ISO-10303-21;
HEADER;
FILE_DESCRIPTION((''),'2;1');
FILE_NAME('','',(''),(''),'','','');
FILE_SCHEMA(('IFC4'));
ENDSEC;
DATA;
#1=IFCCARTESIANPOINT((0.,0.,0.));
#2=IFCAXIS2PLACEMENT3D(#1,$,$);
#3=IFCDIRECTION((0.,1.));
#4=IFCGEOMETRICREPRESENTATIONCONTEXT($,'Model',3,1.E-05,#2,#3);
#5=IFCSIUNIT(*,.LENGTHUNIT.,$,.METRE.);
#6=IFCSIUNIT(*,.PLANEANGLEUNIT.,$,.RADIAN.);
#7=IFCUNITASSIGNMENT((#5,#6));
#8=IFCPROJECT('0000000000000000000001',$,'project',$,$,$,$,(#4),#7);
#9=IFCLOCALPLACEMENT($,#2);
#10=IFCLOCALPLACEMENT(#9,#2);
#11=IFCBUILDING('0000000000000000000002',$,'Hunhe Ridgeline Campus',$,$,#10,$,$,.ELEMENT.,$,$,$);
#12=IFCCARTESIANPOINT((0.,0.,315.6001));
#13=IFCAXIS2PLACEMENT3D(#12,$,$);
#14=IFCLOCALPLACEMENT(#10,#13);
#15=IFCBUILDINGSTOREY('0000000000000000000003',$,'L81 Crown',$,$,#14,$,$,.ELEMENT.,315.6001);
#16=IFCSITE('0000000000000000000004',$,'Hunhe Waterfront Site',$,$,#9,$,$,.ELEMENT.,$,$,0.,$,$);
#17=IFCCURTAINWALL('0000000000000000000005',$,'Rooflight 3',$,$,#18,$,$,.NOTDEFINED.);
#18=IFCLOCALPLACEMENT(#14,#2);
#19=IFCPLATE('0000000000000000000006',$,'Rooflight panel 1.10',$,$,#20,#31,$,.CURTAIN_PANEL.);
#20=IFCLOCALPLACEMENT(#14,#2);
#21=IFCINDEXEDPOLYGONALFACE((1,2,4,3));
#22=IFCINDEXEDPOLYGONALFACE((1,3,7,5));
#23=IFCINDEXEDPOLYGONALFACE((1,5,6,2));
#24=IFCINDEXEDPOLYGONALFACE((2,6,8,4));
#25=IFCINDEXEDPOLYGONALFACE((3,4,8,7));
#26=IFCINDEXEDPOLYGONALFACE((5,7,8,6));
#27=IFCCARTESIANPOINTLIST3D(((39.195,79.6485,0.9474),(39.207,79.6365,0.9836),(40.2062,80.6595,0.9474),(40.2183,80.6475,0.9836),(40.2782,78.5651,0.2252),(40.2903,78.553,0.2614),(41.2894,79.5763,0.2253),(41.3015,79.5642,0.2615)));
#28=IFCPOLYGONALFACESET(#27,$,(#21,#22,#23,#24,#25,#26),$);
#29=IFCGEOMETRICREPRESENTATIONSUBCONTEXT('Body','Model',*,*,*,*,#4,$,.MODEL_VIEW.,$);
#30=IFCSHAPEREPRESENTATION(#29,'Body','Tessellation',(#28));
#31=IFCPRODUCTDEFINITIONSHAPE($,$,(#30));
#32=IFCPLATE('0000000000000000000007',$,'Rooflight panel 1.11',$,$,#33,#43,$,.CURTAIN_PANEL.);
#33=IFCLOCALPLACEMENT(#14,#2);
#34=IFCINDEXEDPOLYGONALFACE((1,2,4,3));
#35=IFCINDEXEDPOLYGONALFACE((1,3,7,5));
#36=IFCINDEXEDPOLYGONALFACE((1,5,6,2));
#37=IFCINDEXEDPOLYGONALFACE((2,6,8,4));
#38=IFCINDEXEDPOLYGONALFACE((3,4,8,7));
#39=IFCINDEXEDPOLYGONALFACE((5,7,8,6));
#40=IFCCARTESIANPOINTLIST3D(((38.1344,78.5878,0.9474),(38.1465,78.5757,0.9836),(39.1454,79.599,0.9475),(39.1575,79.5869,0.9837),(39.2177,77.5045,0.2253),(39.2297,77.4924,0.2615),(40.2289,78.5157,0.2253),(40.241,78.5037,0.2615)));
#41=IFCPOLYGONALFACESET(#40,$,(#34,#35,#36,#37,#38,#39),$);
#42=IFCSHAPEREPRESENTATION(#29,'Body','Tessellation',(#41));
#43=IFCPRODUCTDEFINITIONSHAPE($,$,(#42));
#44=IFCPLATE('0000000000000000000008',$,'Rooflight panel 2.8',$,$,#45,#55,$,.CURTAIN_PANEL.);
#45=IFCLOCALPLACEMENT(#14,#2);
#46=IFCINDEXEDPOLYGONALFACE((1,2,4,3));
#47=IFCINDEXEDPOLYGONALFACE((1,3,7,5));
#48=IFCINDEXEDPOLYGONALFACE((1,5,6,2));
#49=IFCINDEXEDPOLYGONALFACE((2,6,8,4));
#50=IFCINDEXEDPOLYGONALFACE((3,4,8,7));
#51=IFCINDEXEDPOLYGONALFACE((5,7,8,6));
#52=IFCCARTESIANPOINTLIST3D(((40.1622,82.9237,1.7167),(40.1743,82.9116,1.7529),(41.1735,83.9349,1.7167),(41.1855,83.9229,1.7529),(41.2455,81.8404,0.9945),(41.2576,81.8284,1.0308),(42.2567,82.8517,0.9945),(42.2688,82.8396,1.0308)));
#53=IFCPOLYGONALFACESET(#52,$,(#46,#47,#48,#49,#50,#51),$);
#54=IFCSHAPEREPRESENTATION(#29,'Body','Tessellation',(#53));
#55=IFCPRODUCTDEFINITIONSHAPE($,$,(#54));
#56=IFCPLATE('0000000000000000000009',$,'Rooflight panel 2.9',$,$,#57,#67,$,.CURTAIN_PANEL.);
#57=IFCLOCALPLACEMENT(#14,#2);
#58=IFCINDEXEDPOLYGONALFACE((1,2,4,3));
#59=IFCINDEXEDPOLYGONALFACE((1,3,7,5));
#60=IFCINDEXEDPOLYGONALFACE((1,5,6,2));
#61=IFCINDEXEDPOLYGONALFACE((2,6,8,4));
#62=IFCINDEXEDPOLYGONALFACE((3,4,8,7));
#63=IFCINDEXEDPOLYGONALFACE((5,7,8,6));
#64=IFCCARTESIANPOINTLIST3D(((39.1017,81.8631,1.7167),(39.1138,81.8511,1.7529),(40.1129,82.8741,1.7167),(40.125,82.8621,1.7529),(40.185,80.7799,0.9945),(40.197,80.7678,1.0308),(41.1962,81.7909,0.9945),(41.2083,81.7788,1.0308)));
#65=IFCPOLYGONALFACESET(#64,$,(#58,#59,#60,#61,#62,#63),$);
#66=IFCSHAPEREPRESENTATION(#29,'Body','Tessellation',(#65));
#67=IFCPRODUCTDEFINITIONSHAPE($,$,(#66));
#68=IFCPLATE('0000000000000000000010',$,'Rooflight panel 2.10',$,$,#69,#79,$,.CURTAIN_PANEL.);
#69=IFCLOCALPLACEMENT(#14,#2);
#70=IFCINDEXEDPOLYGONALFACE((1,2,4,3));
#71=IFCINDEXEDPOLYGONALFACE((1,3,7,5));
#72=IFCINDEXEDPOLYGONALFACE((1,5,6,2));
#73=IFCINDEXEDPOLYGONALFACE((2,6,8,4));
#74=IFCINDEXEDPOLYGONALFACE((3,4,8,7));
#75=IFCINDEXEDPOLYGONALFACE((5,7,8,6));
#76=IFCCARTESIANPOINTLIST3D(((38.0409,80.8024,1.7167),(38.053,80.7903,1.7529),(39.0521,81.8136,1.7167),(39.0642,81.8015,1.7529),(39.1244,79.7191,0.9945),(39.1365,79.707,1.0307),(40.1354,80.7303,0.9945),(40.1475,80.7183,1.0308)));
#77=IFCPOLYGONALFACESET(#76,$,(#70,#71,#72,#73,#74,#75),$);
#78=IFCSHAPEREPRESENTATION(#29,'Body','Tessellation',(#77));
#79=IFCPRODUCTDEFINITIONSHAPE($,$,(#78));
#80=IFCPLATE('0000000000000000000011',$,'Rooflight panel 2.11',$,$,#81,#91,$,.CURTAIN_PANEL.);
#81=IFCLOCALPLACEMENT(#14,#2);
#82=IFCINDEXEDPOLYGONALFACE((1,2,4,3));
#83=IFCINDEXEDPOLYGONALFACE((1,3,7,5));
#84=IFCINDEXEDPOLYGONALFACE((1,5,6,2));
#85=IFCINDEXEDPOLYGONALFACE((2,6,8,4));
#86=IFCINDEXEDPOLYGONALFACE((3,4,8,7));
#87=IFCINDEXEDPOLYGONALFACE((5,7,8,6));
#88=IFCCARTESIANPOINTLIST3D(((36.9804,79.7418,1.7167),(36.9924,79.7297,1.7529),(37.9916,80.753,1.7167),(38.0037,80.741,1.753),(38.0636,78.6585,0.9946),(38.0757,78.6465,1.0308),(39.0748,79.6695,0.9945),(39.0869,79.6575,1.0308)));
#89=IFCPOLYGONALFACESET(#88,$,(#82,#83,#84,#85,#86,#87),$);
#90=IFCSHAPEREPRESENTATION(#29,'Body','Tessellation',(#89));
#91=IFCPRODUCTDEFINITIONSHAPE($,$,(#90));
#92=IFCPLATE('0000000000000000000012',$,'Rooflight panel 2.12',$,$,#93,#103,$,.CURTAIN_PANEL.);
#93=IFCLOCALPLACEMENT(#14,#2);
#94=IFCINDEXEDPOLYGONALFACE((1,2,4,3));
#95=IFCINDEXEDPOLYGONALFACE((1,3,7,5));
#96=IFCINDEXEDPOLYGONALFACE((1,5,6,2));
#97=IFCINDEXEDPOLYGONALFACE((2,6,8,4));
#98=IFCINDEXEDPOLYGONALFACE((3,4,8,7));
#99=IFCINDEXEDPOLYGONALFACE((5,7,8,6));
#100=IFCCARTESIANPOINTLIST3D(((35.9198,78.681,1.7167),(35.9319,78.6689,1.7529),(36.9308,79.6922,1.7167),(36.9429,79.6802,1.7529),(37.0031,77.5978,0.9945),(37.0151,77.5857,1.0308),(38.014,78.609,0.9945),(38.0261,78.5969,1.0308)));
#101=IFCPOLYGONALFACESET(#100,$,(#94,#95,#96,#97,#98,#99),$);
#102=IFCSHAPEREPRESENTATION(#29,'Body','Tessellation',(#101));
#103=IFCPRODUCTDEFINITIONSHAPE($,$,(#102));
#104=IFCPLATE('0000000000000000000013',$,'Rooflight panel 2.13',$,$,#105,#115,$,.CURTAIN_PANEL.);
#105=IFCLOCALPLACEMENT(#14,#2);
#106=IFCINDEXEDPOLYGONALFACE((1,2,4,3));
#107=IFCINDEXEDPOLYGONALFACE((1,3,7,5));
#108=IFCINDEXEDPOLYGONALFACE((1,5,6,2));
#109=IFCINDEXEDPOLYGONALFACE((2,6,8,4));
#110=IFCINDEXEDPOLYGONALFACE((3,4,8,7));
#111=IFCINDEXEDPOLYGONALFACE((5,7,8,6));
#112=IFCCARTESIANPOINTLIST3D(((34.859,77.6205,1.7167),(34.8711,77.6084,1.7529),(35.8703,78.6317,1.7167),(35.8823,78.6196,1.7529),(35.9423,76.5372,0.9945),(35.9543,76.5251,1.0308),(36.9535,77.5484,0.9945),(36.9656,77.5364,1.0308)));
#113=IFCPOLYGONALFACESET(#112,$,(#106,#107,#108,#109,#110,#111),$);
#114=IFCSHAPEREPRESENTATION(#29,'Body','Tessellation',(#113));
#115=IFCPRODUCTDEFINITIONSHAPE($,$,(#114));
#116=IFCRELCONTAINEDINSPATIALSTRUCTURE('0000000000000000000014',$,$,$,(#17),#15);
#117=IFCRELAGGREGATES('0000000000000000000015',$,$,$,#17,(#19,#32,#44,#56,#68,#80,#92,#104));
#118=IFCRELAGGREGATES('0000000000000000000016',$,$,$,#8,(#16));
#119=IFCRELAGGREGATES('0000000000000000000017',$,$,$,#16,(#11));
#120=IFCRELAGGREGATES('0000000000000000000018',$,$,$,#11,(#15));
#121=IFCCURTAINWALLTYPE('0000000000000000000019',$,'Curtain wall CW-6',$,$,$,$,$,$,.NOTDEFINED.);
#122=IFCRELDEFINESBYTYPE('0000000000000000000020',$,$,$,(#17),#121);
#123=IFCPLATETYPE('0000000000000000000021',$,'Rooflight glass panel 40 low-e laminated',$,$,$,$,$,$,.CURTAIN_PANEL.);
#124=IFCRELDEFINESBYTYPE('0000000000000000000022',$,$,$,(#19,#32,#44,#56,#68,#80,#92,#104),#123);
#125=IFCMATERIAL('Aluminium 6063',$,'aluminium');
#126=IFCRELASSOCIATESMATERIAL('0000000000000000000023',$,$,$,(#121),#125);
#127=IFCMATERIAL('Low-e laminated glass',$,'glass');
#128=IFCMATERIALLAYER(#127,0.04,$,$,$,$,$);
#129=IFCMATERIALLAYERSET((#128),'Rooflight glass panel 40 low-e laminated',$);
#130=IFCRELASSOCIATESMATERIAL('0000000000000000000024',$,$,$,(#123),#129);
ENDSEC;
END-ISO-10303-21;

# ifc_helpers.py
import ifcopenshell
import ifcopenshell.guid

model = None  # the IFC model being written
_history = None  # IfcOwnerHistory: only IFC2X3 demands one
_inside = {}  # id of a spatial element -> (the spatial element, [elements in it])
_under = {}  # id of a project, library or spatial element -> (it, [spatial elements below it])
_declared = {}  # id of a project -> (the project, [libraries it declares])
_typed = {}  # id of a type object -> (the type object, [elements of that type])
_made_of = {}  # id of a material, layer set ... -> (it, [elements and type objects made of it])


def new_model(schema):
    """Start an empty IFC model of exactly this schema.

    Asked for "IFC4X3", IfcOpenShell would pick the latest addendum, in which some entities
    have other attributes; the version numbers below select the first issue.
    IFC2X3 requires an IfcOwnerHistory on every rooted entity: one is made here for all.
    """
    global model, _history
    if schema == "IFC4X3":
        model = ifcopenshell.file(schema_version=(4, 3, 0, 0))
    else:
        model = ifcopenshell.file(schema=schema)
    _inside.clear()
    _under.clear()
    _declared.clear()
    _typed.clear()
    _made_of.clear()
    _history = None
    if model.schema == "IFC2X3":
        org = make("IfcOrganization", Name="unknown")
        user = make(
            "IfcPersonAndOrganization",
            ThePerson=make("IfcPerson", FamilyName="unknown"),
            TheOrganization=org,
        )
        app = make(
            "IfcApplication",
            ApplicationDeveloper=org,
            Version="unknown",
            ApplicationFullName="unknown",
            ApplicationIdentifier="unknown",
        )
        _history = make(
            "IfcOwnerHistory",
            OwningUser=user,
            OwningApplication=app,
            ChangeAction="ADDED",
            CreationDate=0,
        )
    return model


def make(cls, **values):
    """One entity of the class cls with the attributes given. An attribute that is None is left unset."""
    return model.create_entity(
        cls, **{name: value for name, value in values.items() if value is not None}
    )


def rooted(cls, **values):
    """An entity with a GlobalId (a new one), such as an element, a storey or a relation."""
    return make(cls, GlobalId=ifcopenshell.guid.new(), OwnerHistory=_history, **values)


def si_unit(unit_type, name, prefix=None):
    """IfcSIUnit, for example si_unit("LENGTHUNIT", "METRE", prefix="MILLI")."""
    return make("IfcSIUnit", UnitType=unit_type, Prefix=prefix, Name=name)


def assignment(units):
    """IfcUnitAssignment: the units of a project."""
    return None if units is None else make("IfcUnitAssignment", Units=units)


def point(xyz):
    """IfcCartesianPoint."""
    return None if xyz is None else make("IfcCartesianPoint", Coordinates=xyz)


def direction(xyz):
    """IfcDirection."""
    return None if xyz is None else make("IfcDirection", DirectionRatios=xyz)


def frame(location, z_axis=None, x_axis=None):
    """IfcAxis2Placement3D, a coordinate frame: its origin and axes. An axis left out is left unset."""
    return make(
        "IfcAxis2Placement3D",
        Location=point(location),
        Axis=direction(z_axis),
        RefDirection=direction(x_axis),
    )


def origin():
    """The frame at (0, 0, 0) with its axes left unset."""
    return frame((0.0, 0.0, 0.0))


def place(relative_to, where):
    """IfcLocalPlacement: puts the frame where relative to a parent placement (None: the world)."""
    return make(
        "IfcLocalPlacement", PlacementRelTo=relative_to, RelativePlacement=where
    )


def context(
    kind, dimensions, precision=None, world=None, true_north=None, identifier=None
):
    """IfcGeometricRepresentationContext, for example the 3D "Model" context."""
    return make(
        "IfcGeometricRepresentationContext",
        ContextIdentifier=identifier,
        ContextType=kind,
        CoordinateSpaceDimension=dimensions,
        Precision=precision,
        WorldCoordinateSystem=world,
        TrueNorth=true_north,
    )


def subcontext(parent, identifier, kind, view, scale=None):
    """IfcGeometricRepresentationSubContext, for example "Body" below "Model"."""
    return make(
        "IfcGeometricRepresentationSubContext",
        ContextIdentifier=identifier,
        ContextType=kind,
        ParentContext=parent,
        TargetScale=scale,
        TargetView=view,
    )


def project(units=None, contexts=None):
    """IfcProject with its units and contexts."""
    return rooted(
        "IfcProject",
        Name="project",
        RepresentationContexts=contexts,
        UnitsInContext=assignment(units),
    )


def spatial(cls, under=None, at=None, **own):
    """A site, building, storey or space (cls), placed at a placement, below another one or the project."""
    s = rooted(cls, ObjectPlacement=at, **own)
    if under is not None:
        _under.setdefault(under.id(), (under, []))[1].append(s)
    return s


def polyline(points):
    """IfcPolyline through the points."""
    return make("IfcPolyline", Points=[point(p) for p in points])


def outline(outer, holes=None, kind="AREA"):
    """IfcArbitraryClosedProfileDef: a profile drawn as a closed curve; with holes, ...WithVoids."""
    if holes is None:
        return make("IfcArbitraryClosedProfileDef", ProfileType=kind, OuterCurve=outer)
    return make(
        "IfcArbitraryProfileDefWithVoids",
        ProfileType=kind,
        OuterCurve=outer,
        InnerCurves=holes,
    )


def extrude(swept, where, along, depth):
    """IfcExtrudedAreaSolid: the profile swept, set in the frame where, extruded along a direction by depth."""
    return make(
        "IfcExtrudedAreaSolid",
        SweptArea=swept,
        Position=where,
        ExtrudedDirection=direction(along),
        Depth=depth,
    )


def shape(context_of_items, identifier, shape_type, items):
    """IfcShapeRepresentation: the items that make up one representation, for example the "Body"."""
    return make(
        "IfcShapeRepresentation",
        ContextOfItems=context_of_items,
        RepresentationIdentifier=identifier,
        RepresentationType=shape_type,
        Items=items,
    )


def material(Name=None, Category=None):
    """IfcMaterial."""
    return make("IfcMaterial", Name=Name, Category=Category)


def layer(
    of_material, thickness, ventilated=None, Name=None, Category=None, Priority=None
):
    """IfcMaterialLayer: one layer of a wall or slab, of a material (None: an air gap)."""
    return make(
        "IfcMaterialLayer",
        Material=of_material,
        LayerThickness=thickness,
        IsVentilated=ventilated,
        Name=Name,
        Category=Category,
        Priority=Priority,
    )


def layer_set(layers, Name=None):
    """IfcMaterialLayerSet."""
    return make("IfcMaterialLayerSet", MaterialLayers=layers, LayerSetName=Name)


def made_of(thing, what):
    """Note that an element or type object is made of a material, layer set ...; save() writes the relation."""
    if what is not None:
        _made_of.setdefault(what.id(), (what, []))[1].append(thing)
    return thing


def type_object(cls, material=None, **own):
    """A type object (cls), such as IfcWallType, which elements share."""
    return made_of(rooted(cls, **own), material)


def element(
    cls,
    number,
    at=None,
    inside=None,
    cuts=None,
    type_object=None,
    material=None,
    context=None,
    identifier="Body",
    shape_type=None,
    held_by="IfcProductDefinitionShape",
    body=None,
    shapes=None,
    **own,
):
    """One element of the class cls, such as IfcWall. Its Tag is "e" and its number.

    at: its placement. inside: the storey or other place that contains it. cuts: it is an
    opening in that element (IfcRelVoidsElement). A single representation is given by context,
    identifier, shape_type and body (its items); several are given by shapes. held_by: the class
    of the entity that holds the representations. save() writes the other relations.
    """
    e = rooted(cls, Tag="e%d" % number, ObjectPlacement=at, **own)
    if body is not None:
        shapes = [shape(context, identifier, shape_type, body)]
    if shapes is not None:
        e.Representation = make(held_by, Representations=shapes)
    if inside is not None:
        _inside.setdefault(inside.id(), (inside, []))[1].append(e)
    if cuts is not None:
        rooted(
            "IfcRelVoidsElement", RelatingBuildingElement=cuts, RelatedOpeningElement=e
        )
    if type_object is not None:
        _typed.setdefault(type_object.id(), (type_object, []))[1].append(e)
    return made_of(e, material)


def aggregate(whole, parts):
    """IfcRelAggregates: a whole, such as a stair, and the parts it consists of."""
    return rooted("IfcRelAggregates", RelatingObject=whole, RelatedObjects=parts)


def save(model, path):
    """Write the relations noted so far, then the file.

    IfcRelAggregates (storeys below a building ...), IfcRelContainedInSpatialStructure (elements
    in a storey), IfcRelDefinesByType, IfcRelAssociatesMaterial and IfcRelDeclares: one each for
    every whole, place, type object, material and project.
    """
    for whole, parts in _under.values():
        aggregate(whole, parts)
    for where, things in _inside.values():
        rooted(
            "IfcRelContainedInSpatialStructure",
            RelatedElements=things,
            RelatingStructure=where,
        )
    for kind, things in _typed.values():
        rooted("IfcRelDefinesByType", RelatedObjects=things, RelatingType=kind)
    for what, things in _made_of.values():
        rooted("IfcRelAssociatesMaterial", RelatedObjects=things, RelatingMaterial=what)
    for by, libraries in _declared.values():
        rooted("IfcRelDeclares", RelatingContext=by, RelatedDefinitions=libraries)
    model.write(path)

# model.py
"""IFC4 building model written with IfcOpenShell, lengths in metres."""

from ifc_helpers import new_model, si_unit, direction, frame, origin, place, context, subcontext, project, spatial, polyline, outline, extrude, material, layer, layer_set, type_object, element, aggregate, save


model = new_model("IFC4")

# Units and contexts
model_context = context("Model", 3, precision=1e-05, world=origin(), true_north=direction((0.0, 1.0)))
body_context = subcontext(model_context, "Body", "Model", "MODEL_VIEW")
ifc_project = project(units=[si_unit("LENGTHUNIT", "METRE"), si_unit("PLANEANGLEUNIT", "RADIAN")], contexts=[model_context])

# Site, building, storey
site_placement = place(None, origin())
site = spatial("IfcSite", under=ifc_project, at=site_placement, Name="Hunhe Waterfront Site", CompositionType="ELEMENT", RefElevation=0.0)
building_placement = place(site_placement, origin())
building = spatial("IfcBuilding", under=site, at=building_placement, Name="Hunhe Ridgeline Campus", CompositionType="ELEMENT")
storey_placement = place(building_placement, frame((0.0, 0.0, 315.6001)))
storey = spatial("IfcBuildingStorey", under=building, at=storey_placement, Name="L81 Crown", CompositionType="ELEMENT", Elevation=315.6001)

# Curtain wall, plates
ifc_material_1 = material(Name="Aluminium 6063", Category="aluminium")
curtain_wall_type = type_object("IfcCurtainWallType", Name="Curtain wall CW-6", PredefinedType="NOTDEFINED", material=ifc_material_1)
curtain_wall_placement = place(storey_placement, origin())
curtain_wall = element("IfcCurtainWall", 1, at=curtain_wall_placement, inside=storey, type_object=curtain_wall_type, Name="Rooflight 3", PredefinedType="NOTDEFINED")
ifc_material_2 = material(Name="Low-e laminated glass", Category="glass")
ifc_layer = layer(ifc_material_2, 0.04)
ifc_layer_set = layer_set([ifc_layer], Name="Rooflight glass panel 40 low-e laminated")
plate_type = type_object("IfcPlateType", Name="Rooflight glass panel 40 low-e laminated", PredefinedType="CURTAIN_PANEL", material=ifc_layer_set)
plate_1_placement = place(storey_placement, frame((41.3015, 79.5642, 0.2615), z_axis=(0.301479, -0.301516, 0.904543), x_axis=(-0.639609, 0.639609, 0.426382)))
plate_1 = element("IfcPlate", 2, at=plate_1_placement, type_object=plate_type, Name="Rooflight panel 1.10", PredefinedType="CURTAIN_PANEL", context=body_context, shape_type="SweptSolid", body=[
    extrude(outline(polyline([(0.0, 0.0), (1.6936, 0.0), (1.6938, 1.4299), (0.0, 1.4301), (0.0, 0.0)])), origin(), (0.0, 0.0, -1.0), 0.04),
])
plate_2_placement = place(storey_placement, frame((40.241, 78.5037, 0.2615), z_axis=(0.301516, -0.301479, 0.904543), x_axis=(-0.639681, 0.639537, 0.426382)))
plate_2 = element("IfcPlate", 3, at=plate_2_placement, type_object=plate_type, Name="Rooflight panel 1.11", PredefinedType="CURTAIN_PANEL", context=body_context, shape_type="SweptSolid", body=[
    extrude(outline(polyline([(0.0, 0.0), (1.6938, 0.0), (1.6938, 1.4299), (0.0001, 1.4301), (0.0, 0.0)])), origin(), (0.0, 0.0, -1.0), 0.04),
])
plate_3_placement = place(storey_placement, frame((42.2688, 82.8396, 1.0308), z_axis=(0.301511, -0.301511, 0.904534), x_axis=(-0.639602, 0.639602, 0.426401)))
plate_3 = element("IfcPlate", 4, at=plate_3_placement, type_object=plate_type, Name="Rooflight panel 2.8", PredefinedType="CURTAIN_PANEL", context=body_context, shape_type="SweptSolid", body=[
    extrude(outline(polyline([(0.0, 0.0), (1.6936, 0.0), (1.6936, 1.4301), (0.0, 1.4301), (0.0, 0.0)])), origin(), (0.0, 0.0, -1.0), 0.04),
])
plate_4_placement = place(storey_placement, frame((41.2083, 81.7788, 1.0308), z_axis=(0.301475, -0.301548, 0.904534), x_axis=(-0.639602, 0.639602, 0.426401)))
plate_4 = element("IfcPlate", 5, at=plate_4_placement, type_object=plate_type, Name="Rooflight panel 2.9", PredefinedType="CURTAIN_PANEL", context=body_context, shape_type="SweptSolid", body=[
    extrude(outline(polyline([(0.0, 0.0), (1.6936, 0.0), (1.6938, 1.4299), (0.0002, 1.4299), (0.0, 0.0)])), origin(), (0.0, 0.0, -1.0), 0.04),
])
plate_5_placement = place(storey_placement, frame((40.1475, 80.7183, 1.0308), z_axis=(0.301516, -0.301479, 0.904543), x_axis=(-0.639609, 0.639609, 0.426382)))
plate_5 = element("IfcPlate", 6, at=plate_5_placement, type_object=plate_type, Name="Rooflight panel 2.10", PredefinedType="CURTAIN_PANEL", context=body_context, shape_type="SweptSolid", body=[
    extrude(outline(polyline([(0.0, 0.0), (1.6936, 0.0), (1.6936, 1.4301), (-0.0002, 1.4299), (0.0, 0.0)])), origin(), (0.0, 0.0, -1.0), 0.04),
])
plate_6_placement = place(storey_placement, frame((39.0869, 79.6575, 1.0308), z_axis=(0.301479, -0.301516, 0.904543), x_axis=(-0.639537, 0.639681, 0.426382)))
plate_6 = element("IfcPlate", 7, at=plate_6_placement, type_object=plate_type, Name="Rooflight panel 2.11", PredefinedType="CURTAIN_PANEL", context=body_context, shape_type="SweptSolid", body=[
    extrude(outline(polyline([(0.0, 0.0), (1.6938, 0.0), (1.6936, 1.4301), (0.0, 1.4299), (0.0, 0.0)])), origin(), (0.0, 0.0, -1.0), 0.04),
])
plate_7_placement = place(storey_placement, frame((38.0261, 78.5969, 1.0308), z_axis=(0.301548, -0.301475, 0.904534), x_axis=(-0.639602, 0.639602, 0.426401)))
plate_7 = element("IfcPlate", 8, at=plate_7_placement, type_object=plate_type, Name="Rooflight panel 2.12", PredefinedType="CURTAIN_PANEL", context=body_context, shape_type="SweptSolid", body=[
    extrude(outline(polyline([(0.0, 0.0), (1.6936, 0.0), (1.6935, 1.4299), (-0.0002, 1.4299), (0.0, 0.0)])), origin(), (0.0, 0.0, -1.0), 0.04),
])
plate_8_placement = place(storey_placement, frame((36.9656, 77.5364, 1.0308), z_axis=(0.301511, -0.301511, 0.904534), x_axis=(-0.639602, 0.639602, 0.426401)))
plate_8 = element("IfcPlate", 9, at=plate_8_placement, type_object=plate_type, Name="Rooflight panel 2.13", PredefinedType="CURTAIN_PANEL", context=body_context, shape_type="SweptSolid", body=[
    extrude(outline(polyline([(0.0, 0.0), (1.6936, 0.0), (1.6936, 1.4301), (0.0, 1.4301), (0.0, 0.0)])), origin(), (0.0, 0.0, -1.0), 0.04),
])
aggregate(curtain_wall, [plate_1, plate_2, plate_3, plate_4, plate_5, plate_6, plate_7, plate_8])

save(model, "model.ifc")
